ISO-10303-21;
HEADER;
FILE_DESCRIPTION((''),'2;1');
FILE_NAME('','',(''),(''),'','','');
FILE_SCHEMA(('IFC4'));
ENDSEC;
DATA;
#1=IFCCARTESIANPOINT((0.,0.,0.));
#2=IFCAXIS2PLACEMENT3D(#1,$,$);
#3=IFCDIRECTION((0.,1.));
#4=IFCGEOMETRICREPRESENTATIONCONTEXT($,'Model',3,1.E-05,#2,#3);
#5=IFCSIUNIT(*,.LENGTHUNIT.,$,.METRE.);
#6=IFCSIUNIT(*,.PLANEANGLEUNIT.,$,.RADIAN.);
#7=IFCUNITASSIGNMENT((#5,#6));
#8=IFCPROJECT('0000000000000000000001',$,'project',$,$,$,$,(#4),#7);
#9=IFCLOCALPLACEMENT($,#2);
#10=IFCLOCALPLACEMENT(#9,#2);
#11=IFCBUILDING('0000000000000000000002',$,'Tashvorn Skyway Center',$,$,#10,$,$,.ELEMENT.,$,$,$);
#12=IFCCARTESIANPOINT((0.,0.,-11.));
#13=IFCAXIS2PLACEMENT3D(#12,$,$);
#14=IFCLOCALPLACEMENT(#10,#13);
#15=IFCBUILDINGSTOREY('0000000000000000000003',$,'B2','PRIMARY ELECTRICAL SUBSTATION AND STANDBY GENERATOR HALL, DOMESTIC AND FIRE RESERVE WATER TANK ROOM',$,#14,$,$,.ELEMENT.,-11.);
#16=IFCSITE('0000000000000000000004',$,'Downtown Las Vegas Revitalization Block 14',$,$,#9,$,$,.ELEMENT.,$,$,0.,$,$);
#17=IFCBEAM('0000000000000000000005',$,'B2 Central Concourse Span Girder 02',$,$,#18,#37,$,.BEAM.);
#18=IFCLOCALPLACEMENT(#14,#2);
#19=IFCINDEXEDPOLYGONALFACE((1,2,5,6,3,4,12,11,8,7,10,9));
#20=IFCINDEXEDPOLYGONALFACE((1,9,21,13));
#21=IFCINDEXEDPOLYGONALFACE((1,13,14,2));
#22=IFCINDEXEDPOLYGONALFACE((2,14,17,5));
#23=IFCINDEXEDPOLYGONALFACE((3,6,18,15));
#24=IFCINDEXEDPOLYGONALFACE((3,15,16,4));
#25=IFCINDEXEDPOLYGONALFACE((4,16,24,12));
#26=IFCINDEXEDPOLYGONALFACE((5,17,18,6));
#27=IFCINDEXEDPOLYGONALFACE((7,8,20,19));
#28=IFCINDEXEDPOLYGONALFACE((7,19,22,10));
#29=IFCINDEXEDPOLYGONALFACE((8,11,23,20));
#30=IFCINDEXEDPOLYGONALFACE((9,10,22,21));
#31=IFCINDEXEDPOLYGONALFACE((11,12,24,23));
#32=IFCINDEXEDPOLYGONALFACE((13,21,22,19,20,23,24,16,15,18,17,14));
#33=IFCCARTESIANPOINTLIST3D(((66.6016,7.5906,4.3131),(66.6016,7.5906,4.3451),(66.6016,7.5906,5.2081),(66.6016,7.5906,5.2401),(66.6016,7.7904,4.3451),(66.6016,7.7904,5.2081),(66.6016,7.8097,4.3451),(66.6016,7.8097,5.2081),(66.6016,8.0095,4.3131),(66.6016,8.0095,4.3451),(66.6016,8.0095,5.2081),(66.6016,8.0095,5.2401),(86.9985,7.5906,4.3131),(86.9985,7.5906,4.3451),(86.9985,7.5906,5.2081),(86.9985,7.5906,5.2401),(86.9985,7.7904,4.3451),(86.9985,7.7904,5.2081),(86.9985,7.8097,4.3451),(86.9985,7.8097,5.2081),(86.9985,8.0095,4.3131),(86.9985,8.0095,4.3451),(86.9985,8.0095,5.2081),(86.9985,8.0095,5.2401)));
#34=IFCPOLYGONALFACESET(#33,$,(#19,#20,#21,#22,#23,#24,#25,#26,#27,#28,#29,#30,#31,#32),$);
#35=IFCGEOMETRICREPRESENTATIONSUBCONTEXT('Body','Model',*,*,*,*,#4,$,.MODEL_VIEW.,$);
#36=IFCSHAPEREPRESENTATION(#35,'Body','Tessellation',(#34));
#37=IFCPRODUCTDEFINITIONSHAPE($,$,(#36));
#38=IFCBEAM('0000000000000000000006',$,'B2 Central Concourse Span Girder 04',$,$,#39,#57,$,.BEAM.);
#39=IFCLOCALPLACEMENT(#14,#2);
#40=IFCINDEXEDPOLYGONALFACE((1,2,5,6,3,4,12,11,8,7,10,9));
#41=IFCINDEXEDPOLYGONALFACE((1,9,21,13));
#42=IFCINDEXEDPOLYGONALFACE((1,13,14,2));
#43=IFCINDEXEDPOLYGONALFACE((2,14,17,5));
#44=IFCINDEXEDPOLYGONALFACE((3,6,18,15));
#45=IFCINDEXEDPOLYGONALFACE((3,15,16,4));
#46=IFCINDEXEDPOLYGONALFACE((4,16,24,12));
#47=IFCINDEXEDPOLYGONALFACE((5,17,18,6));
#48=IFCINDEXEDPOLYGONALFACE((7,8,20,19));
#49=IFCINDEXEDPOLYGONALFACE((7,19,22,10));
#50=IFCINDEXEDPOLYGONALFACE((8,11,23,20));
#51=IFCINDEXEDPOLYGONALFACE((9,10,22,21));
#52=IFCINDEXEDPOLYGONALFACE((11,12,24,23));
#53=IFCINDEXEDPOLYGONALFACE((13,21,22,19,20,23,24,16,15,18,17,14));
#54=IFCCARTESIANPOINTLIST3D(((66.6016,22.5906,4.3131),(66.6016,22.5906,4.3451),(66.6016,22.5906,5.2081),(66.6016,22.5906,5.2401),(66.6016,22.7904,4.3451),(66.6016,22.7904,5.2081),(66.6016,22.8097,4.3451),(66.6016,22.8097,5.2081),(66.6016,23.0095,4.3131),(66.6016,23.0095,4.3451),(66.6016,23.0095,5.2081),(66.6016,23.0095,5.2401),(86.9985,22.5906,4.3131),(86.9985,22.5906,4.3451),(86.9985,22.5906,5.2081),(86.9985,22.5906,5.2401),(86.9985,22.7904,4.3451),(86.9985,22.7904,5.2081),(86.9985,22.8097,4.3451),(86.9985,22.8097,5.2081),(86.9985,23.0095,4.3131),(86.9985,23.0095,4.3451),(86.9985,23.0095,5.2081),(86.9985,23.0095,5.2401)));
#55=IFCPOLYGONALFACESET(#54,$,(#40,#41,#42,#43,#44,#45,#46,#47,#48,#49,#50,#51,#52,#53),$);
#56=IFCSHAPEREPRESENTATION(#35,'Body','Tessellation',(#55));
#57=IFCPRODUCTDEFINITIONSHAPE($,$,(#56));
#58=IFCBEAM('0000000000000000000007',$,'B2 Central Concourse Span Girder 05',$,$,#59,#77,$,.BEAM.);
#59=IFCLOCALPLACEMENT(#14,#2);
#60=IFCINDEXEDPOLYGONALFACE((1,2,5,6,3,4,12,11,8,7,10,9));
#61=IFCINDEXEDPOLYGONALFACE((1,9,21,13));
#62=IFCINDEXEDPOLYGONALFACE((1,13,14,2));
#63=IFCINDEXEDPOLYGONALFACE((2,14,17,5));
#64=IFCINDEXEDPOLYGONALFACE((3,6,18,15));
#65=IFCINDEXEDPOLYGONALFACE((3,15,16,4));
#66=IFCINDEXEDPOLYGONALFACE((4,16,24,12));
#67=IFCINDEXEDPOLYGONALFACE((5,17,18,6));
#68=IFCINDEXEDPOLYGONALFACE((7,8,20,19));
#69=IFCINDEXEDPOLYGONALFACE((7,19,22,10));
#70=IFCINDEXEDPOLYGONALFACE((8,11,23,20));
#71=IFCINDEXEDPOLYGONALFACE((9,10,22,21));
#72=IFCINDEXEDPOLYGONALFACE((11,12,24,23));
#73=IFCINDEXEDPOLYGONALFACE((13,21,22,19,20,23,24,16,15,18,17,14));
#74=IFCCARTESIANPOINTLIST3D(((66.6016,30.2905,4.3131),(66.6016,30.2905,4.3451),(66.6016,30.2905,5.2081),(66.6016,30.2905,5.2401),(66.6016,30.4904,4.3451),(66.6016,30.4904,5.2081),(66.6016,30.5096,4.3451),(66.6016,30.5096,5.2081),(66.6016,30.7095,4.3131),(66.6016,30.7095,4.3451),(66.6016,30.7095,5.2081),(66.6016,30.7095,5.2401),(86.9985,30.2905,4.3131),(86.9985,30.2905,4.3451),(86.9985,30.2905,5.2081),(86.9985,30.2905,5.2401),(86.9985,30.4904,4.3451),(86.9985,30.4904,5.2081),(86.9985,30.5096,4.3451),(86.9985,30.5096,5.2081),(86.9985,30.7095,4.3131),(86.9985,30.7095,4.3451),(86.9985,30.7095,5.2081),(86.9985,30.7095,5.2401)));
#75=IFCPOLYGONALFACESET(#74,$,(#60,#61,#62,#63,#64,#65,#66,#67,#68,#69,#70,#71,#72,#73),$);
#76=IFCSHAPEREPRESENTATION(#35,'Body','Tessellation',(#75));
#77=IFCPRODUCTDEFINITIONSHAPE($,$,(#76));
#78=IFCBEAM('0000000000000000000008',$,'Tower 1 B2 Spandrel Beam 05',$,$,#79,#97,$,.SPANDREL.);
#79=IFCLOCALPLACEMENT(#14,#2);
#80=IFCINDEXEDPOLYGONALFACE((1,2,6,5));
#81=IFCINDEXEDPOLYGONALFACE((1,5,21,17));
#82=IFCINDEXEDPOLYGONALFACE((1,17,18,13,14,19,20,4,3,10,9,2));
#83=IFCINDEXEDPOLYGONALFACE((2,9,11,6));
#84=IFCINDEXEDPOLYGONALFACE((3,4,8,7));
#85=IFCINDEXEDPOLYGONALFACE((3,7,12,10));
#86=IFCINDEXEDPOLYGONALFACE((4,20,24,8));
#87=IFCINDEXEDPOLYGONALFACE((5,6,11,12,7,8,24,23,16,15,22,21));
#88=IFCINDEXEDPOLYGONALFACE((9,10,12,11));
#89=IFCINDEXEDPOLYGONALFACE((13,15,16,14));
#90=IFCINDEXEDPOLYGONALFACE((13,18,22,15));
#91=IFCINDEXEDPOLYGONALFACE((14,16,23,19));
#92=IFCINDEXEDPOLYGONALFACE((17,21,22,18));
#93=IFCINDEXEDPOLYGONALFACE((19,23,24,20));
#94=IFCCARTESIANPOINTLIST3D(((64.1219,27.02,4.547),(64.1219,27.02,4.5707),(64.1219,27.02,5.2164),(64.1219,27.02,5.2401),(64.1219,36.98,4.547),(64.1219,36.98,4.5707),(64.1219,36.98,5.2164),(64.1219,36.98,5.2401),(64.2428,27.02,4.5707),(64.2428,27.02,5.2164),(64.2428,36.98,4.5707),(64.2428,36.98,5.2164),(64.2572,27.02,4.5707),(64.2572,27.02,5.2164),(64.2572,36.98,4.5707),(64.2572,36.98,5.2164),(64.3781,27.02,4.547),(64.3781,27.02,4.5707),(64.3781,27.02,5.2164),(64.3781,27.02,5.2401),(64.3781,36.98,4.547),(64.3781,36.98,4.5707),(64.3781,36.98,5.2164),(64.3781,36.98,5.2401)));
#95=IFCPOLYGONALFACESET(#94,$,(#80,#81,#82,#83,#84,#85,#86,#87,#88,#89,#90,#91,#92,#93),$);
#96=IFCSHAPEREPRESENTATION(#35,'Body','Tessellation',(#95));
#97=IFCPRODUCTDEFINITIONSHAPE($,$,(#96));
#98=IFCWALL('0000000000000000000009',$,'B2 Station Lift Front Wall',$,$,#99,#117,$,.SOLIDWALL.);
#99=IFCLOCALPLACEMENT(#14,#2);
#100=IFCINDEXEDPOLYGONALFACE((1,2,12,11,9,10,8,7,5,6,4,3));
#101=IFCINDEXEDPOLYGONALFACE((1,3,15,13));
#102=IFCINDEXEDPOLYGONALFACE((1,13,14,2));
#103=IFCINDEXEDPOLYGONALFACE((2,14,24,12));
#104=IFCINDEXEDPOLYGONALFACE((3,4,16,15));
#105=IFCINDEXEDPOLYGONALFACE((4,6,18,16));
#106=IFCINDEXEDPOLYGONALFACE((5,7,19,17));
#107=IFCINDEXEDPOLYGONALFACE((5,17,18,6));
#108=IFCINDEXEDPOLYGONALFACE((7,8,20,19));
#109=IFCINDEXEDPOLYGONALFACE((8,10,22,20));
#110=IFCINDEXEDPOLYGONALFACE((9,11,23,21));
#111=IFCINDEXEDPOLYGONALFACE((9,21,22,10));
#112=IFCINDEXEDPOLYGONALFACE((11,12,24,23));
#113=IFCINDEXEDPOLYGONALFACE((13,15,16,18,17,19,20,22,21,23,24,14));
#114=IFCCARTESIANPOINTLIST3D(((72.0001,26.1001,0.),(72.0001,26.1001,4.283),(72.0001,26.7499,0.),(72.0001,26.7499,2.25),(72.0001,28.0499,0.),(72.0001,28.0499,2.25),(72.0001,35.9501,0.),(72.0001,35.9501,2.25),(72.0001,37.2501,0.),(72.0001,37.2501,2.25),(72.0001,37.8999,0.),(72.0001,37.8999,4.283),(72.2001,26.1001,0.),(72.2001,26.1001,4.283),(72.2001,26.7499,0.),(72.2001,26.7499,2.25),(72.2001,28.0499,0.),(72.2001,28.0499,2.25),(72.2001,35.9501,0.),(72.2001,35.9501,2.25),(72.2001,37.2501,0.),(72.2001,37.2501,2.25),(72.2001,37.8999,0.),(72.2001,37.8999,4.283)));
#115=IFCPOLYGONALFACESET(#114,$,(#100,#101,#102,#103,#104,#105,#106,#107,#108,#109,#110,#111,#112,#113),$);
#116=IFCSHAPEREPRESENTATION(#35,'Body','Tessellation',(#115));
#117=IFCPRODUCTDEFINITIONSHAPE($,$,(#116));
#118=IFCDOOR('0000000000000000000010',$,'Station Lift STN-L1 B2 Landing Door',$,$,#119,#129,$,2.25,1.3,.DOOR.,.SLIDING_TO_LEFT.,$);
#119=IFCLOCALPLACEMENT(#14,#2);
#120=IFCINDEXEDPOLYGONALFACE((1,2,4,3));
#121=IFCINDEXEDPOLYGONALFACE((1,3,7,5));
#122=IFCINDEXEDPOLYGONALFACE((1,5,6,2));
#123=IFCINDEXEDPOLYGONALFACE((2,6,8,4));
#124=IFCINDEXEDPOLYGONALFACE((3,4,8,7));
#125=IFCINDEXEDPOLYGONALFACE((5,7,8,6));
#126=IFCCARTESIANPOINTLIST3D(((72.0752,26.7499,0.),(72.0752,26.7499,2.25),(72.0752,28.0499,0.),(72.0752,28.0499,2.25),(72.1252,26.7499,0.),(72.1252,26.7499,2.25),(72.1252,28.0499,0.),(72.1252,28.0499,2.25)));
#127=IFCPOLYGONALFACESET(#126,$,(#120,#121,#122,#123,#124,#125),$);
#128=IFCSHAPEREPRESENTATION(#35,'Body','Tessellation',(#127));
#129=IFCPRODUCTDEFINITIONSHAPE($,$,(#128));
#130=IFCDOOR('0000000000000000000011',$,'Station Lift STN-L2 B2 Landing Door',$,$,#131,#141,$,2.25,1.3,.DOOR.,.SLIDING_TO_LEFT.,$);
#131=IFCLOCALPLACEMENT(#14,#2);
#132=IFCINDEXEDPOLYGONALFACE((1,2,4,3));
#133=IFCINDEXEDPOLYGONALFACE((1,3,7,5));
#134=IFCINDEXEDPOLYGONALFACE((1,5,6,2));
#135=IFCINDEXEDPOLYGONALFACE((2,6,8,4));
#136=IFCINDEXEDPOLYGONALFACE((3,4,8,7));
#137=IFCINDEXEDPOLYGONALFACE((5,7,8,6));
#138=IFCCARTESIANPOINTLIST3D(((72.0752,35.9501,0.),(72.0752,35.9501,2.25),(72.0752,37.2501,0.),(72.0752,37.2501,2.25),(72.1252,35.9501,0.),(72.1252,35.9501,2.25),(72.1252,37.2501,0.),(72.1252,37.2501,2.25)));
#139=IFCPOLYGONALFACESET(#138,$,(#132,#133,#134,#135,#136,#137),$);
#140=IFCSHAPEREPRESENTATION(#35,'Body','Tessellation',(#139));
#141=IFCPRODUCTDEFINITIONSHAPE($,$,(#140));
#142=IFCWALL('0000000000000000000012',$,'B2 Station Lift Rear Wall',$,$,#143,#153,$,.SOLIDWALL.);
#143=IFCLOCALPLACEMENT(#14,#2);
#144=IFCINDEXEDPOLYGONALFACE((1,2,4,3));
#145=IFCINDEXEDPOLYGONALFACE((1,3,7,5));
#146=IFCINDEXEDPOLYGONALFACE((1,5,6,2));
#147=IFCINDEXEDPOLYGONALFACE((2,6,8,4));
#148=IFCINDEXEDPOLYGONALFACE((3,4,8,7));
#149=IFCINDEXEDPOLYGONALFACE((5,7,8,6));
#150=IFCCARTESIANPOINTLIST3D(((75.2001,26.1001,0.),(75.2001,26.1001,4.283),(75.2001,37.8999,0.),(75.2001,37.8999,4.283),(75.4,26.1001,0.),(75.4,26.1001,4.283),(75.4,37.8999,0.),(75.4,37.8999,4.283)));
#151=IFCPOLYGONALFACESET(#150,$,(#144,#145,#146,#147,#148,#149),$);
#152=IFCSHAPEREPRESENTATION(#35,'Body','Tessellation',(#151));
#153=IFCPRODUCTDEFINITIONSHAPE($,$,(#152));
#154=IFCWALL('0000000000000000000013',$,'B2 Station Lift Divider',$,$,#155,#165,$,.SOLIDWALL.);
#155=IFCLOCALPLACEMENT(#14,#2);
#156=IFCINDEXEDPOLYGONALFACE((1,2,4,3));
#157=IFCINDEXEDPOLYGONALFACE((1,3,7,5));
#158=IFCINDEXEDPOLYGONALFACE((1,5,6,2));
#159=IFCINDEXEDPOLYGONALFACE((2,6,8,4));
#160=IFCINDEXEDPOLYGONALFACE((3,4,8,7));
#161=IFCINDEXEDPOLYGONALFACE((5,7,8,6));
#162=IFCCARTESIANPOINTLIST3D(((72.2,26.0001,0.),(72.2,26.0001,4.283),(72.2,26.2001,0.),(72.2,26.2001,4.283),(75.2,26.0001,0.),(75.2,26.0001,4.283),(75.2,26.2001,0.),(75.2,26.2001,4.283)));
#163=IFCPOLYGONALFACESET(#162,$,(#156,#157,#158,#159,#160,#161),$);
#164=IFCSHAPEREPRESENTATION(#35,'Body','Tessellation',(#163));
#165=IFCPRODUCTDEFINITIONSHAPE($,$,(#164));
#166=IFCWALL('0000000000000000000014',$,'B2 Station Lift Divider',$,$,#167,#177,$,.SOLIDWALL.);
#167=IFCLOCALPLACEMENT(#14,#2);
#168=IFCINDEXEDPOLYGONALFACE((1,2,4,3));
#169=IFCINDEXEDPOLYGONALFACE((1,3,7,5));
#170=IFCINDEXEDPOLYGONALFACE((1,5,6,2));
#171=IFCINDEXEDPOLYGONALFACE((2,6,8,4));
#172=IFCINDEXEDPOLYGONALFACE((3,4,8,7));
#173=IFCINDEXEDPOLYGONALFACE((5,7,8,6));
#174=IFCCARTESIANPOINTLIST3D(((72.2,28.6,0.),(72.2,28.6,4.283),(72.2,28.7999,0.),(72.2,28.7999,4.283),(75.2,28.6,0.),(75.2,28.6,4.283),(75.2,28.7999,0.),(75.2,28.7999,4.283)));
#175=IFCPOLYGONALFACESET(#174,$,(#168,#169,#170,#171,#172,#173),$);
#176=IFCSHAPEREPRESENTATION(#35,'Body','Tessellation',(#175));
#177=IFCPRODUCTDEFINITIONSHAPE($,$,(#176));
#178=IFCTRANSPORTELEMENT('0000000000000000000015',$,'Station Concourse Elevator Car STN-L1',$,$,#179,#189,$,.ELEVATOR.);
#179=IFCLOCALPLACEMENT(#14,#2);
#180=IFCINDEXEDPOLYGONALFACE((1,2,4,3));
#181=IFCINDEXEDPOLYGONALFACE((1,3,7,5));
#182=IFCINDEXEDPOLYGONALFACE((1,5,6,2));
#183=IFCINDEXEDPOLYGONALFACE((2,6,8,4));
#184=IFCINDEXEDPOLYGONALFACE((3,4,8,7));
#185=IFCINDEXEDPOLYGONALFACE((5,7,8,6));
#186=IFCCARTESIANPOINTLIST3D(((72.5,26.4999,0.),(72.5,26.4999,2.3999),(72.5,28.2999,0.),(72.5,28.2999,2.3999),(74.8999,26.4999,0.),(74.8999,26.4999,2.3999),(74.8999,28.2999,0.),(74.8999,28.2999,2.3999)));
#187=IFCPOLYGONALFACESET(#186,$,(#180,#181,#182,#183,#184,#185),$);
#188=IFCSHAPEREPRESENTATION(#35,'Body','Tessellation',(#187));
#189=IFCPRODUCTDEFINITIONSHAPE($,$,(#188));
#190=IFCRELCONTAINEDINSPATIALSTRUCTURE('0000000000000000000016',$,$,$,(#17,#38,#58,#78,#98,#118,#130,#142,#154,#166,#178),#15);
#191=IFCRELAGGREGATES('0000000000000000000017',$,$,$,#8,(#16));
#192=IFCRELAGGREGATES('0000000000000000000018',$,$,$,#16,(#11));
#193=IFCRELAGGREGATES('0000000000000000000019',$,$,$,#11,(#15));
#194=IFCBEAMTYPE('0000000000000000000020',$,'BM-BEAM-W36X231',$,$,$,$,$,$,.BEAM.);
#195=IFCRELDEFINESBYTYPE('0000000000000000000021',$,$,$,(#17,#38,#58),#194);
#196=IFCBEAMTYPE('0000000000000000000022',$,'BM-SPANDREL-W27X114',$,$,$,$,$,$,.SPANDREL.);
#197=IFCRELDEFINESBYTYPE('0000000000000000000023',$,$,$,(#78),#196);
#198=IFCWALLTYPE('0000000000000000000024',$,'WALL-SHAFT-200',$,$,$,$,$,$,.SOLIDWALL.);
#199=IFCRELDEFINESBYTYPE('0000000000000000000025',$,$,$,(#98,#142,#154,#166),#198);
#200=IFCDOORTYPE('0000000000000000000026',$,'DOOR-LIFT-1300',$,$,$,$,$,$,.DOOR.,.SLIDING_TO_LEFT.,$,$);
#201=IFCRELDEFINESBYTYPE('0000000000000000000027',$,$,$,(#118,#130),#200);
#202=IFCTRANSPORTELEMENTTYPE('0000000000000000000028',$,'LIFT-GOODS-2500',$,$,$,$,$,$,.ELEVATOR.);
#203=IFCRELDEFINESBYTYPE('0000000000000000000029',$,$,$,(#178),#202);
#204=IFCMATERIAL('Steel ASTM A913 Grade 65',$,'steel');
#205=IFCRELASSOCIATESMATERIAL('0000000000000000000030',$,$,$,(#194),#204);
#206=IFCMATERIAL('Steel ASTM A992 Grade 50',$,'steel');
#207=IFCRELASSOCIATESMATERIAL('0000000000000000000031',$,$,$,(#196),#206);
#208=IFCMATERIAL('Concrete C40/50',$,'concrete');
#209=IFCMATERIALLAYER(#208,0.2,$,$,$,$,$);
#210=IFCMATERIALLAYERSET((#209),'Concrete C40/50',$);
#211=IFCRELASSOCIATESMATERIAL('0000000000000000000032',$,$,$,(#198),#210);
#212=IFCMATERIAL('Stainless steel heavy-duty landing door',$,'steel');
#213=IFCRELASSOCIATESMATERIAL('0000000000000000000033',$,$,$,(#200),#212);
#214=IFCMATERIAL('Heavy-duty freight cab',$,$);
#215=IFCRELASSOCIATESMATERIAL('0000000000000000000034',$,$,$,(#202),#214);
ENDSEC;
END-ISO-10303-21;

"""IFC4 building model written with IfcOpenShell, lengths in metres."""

from ifc_helpers import new_model, si_unit, direction, frame, frame_2d, origin, origin_2d, place, context, subcontext, project, spatial, rectangle, i_section, extrude, material, layer, layer_set, material_profile, profile_set, type_object, element, fill, save


model = new_model("IFC4")

# Units and contexts
model_context = context("Model", 3, precision=1e-05, world=origin(), true_north=direction((0.0, 1.0)))
body_context = subcontext(model_context, "Body", "Model", "MODEL_VIEW")
ifc_project = project(units=[si_unit("LENGTHUNIT", "METRE"), si_unit("PLANEANGLEUNIT", "RADIAN")], contexts=[model_context])

# Site, building, storey
site_placement = place(None, origin())
site = spatial("IfcSite", under=ifc_project, at=site_placement, Name="Downtown Las Vegas Revitalization Block 14", CompositionType="ELEMENT", RefElevation=0.0)
building_placement = place(site_placement, origin())
building = spatial("IfcBuilding", under=site, at=building_placement, Name="Tashvorn Skyway Center", CompositionType="ELEMENT")
storey_placement = place(building_placement, frame((0.0, 0.0, -11.0)))
storey = spatial("IfcBuildingStorey", under=building, at=storey_placement, Name="B2", Description="PRIMARY ELECTRICAL SUBSTATION AND STANDBY GENERATOR HALL, DOMESTIC AND FIRE RESERVE WATER TANK ROOM", CompositionType="ELEMENT", Elevation=-11.0)

# Beams
ifc_material_1 = material(Name="Steel ASTM A992 Grade 50", Category="steel")
ifc_material_2 = material(Name="Steel ASTM A913 Grade 65", Category="steel")
ifc_material_profile_1 = material_profile(ifc_material_2, i_section(OverallWidth=0.4189, OverallDepth=0.927, WebThickness=0.0193, FlangeThickness=0.032, at=origin_2d()), Name="W36X231")
ifc_profile_set_1 = profile_set([ifc_material_profile_1], Name="Steel ASTM A913 Grade 65")
beam_type_1 = type_object("IfcBeamType", Name="BM-BEAM-W36X231", PredefinedType="BEAM", material=ifc_profile_set_1)
for number, where, z_axis, x_axis, name in (
    (1, (66.6016, 7.8, 4.7766), (1.0, 0.0, 0.0), (0.0, 1.0, 0.0), "B2 Central Concourse Span Girder 02"),
    (2, (66.6016, 22.8, 4.7766), (1.0, 0.0, 0.0), (0.0, 1.0, 0.0), "B2 Central Concourse Span Girder 04"),
    (3, (66.6016, 30.5, 4.7766), (1.0, 0.0, 0.0), (0.0, 1.0, 0.0), "B2 Central Concourse Span Girder 05"),
):
    element("IfcBeam", number, at=place(storey_placement, frame(where, z_axis=z_axis, x_axis=x_axis)), inside=storey, type_object=beam_type_1, Name=name, PredefinedType="BEAM", context=body_context, shape_type="SweptSolid", body=[
        extrude(i_section(OverallWidth=0.4189, OverallDepth=0.927, WebThickness=0.0193, FlangeThickness=0.032, at=origin_2d()), origin(), (0.0, 0.0, 1.0), 20.397),
    ])
ifc_material_profile_2 = material_profile(ifc_material_1, i_section(OverallWidth=0.2561, OverallDepth=0.6931, WebThickness=0.0144, FlangeThickness=0.0237, at=origin_2d()), Name="W27X114")
ifc_profile_set_2 = profile_set([ifc_material_profile_2], Name="Steel ASTM A992 Grade 50")
beam_type_2 = type_object("IfcBeamType", Name="BM-SPANDREL-W27X114", PredefinedType="SPANDREL", material=ifc_profile_set_2)
beam_1_placement = place(storey_placement, frame((64.25, 27.02, 4.8936), z_axis=(0.0, 1.0, 0.0), x_axis=(-1.0, 0.0, 0.0)))
element("IfcBeam", 4, at=beam_1_placement, inside=storey, type_object=beam_type_2, Name="Tower 1 B2 Spandrel Beam 05", PredefinedType="SPANDREL", context=body_context, shape_type="SweptSolid", body=[
    extrude(i_section(OverallWidth=0.2561, OverallDepth=0.6931, WebThickness=0.0144, FlangeThickness=0.0237, at=origin_2d()), origin(), (0.0, 0.0, 1.0), 9.96),
])

# Wall, openings, doors
ifc_material_3 = material(Name="Concrete C40/50", Category="concrete")
ifc_layer = layer(ifc_material_3, 0.2)
ifc_layer_set = layer_set([ifc_layer], Name="Concrete C40/50")
wall_type = type_object("IfcWallType", Name="WALL-SHAFT-200", PredefinedType="SOLIDWALL", material=ifc_layer_set)
wall_1_placement = place(storey_placement, frame((72.1001, 26.1001, 0.0), z_axis=(0.0, 0.0, 1.0), x_axis=(0.0, 1.0, 0.0)))
wall_1 = element("IfcWall", 5, at=wall_1_placement, inside=storey, type_object=wall_type, Name="B2 Station Lift Front Wall", PredefinedType="SOLIDWALL", context=body_context, shape_type="SweptSolid", body=[
    extrude(rectangle(XDim=11.7998, YDim=0.2, at=frame_2d((5.8999, 0.0))), origin(), (0.0, 0.0, 1.0), 4.283),
])
opening_1_placement = place(wall_1_placement, frame((0.6499, 0.0, 0.0)))
opening_1 = element("IfcOpeningElement", 6, at=opening_1_placement, cuts=wall_1, PredefinedType="OPENING", context=body_context, shape_type="SweptSolid", body=[
    extrude(rectangle(XDim=1.3, YDim=2.25, at=frame_2d((0.6499, 1.125))), frame((0.0, 0.1099, 0.0), z_axis=(0.0, -1.0, 0.0), x_axis=(1.0, 0.0, 0.0)), (0.0, 0.0, 1.0), 0.22),
])
opening_2_placement = place(wall_1_placement, frame((9.8501, 0.0, 0.0)))
opening_2 = element("IfcOpeningElement", 7, at=opening_2_placement, cuts=wall_1, PredefinedType="OPENING", context=body_context, shape_type="SweptSolid", body=[
    extrude(rectangle(XDim=1.3, YDim=2.25, at=frame_2d((0.6499, 1.125))), frame((0.0, 0.1099, 0.0), z_axis=(0.0, -1.0, 0.0), x_axis=(1.0, 0.0, 0.0)), (0.0, 0.0, 1.0), 0.22),
])
ifc_material_4 = material(Name="Stainless steel heavy-duty landing door", Category="steel")
door_type = type_object("IfcDoorType", Name="DOOR-LIFT-1300", OperationType="SLIDING_TO_LEFT", PredefinedType="DOOR", material=ifc_material_4)
door_1_placement = place(opening_1_placement, origin())
door_1 = element("IfcDoor", 8, at=door_1_placement, inside=storey, type_object=door_type, Name="Station Lift STN-L1 B2 Landing Door", OperationType="SLIDING_TO_LEFT", OverallHeight=2.25, OverallWidth=1.3, PredefinedType="DOOR", context=body_context, shape_type="SweptSolid", body=[
    extrude(rectangle(XDim=1.3, YDim=2.25, at=frame_2d((0.6499, 1.125))), frame((0.0, 0.0249, 0.0), z_axis=(0.0, -1.0, 0.0), x_axis=(1.0, 0.0, 0.0)), (0.0, 0.0, 1.0), 0.05),
])
fill(opening_1, door_1)
door_2_placement = place(opening_2_placement, origin())
door_2 = element("IfcDoor", 9, at=door_2_placement, inside=storey, type_object=door_type, Name="Station Lift STN-L2 B2 Landing Door", OperationType="SLIDING_TO_LEFT", OverallHeight=2.25, OverallWidth=1.3, PredefinedType="DOOR", context=body_context, shape_type="SweptSolid", body=[
    extrude(rectangle(XDim=1.3, YDim=2.25, at=frame_2d((0.6499, 1.125))), frame((0.0, 0.0249, 0.0), z_axis=(0.0, -1.0, 0.0), x_axis=(1.0, 0.0, 0.0)), (0.0, 0.0, 1.0), 0.05),
])
fill(opening_2, door_2)

# Walls
wall_2_placement = place(storey_placement, frame((75.3, 26.1001, 0.0), z_axis=(0.0, 0.0, 1.0), x_axis=(0.0, 1.0, 0.0)))
element("IfcWall", 10, at=wall_2_placement, inside=storey, type_object=wall_type, Name="B2 Station Lift Rear Wall", PredefinedType="SOLIDWALL", context=body_context, shape_type="SweptSolid", body=[
    extrude(rectangle(XDim=11.7998, YDim=0.2, at=frame_2d((5.8999, 0.0))), origin(), (0.0, 0.0, 1.0), 4.283),
])
for number, where, z_axis, x_axis, name in (
    (11, (72.2, 26.1001, 0.0), (0.0, 0.0, 1.0), (1.0, 0.0, 0.0), "B2 Station Lift Divider"),
    (12, (72.2, 28.7, 0.0), (0.0, 0.0, 1.0), (1.0, 0.0, 0.0), "B2 Station Lift Divider"),
):
    element("IfcWall", number, at=place(storey_placement, frame(where, z_axis=z_axis, x_axis=x_axis)), inside=storey, type_object=wall_type, Name=name, PredefinedType="SOLIDWALL", context=body_context, shape_type="SweptSolid", body=[
        extrude(rectangle(XDim=3.0, YDim=0.2, at=frame_2d((1.5, 0.0))), origin(), (0.0, 0.0, 1.0), 4.283),
    ])

# Transport element
ifc_material_5 = material(Name="Heavy-duty freight cab")
transport_element_type = type_object("IfcTransportElementType", Name="LIFT-GOODS-2500", PredefinedType="ELEVATOR", material=ifc_material_5)
transport_element_placement = place(storey_placement, frame((73.7, 27.3999, 0.0), z_axis=(0.0, 0.0, 1.0), x_axis=(1.0, 0.0, 0.0)))
element("IfcTransportElement", 13, at=transport_element_placement, inside=storey, type_object=transport_element_type, Name="Station Concourse Elevator Car STN-L1", PredefinedType="ELEVATOR", context=body_context, shape_type="SweptSolid", body=[
    extrude(rectangle(XDim=2.3999, YDim=1.8, at=origin_2d()), origin(), (0.0, 0.0, 1.0), 2.3999),
])

save(model, "model.ifc")
